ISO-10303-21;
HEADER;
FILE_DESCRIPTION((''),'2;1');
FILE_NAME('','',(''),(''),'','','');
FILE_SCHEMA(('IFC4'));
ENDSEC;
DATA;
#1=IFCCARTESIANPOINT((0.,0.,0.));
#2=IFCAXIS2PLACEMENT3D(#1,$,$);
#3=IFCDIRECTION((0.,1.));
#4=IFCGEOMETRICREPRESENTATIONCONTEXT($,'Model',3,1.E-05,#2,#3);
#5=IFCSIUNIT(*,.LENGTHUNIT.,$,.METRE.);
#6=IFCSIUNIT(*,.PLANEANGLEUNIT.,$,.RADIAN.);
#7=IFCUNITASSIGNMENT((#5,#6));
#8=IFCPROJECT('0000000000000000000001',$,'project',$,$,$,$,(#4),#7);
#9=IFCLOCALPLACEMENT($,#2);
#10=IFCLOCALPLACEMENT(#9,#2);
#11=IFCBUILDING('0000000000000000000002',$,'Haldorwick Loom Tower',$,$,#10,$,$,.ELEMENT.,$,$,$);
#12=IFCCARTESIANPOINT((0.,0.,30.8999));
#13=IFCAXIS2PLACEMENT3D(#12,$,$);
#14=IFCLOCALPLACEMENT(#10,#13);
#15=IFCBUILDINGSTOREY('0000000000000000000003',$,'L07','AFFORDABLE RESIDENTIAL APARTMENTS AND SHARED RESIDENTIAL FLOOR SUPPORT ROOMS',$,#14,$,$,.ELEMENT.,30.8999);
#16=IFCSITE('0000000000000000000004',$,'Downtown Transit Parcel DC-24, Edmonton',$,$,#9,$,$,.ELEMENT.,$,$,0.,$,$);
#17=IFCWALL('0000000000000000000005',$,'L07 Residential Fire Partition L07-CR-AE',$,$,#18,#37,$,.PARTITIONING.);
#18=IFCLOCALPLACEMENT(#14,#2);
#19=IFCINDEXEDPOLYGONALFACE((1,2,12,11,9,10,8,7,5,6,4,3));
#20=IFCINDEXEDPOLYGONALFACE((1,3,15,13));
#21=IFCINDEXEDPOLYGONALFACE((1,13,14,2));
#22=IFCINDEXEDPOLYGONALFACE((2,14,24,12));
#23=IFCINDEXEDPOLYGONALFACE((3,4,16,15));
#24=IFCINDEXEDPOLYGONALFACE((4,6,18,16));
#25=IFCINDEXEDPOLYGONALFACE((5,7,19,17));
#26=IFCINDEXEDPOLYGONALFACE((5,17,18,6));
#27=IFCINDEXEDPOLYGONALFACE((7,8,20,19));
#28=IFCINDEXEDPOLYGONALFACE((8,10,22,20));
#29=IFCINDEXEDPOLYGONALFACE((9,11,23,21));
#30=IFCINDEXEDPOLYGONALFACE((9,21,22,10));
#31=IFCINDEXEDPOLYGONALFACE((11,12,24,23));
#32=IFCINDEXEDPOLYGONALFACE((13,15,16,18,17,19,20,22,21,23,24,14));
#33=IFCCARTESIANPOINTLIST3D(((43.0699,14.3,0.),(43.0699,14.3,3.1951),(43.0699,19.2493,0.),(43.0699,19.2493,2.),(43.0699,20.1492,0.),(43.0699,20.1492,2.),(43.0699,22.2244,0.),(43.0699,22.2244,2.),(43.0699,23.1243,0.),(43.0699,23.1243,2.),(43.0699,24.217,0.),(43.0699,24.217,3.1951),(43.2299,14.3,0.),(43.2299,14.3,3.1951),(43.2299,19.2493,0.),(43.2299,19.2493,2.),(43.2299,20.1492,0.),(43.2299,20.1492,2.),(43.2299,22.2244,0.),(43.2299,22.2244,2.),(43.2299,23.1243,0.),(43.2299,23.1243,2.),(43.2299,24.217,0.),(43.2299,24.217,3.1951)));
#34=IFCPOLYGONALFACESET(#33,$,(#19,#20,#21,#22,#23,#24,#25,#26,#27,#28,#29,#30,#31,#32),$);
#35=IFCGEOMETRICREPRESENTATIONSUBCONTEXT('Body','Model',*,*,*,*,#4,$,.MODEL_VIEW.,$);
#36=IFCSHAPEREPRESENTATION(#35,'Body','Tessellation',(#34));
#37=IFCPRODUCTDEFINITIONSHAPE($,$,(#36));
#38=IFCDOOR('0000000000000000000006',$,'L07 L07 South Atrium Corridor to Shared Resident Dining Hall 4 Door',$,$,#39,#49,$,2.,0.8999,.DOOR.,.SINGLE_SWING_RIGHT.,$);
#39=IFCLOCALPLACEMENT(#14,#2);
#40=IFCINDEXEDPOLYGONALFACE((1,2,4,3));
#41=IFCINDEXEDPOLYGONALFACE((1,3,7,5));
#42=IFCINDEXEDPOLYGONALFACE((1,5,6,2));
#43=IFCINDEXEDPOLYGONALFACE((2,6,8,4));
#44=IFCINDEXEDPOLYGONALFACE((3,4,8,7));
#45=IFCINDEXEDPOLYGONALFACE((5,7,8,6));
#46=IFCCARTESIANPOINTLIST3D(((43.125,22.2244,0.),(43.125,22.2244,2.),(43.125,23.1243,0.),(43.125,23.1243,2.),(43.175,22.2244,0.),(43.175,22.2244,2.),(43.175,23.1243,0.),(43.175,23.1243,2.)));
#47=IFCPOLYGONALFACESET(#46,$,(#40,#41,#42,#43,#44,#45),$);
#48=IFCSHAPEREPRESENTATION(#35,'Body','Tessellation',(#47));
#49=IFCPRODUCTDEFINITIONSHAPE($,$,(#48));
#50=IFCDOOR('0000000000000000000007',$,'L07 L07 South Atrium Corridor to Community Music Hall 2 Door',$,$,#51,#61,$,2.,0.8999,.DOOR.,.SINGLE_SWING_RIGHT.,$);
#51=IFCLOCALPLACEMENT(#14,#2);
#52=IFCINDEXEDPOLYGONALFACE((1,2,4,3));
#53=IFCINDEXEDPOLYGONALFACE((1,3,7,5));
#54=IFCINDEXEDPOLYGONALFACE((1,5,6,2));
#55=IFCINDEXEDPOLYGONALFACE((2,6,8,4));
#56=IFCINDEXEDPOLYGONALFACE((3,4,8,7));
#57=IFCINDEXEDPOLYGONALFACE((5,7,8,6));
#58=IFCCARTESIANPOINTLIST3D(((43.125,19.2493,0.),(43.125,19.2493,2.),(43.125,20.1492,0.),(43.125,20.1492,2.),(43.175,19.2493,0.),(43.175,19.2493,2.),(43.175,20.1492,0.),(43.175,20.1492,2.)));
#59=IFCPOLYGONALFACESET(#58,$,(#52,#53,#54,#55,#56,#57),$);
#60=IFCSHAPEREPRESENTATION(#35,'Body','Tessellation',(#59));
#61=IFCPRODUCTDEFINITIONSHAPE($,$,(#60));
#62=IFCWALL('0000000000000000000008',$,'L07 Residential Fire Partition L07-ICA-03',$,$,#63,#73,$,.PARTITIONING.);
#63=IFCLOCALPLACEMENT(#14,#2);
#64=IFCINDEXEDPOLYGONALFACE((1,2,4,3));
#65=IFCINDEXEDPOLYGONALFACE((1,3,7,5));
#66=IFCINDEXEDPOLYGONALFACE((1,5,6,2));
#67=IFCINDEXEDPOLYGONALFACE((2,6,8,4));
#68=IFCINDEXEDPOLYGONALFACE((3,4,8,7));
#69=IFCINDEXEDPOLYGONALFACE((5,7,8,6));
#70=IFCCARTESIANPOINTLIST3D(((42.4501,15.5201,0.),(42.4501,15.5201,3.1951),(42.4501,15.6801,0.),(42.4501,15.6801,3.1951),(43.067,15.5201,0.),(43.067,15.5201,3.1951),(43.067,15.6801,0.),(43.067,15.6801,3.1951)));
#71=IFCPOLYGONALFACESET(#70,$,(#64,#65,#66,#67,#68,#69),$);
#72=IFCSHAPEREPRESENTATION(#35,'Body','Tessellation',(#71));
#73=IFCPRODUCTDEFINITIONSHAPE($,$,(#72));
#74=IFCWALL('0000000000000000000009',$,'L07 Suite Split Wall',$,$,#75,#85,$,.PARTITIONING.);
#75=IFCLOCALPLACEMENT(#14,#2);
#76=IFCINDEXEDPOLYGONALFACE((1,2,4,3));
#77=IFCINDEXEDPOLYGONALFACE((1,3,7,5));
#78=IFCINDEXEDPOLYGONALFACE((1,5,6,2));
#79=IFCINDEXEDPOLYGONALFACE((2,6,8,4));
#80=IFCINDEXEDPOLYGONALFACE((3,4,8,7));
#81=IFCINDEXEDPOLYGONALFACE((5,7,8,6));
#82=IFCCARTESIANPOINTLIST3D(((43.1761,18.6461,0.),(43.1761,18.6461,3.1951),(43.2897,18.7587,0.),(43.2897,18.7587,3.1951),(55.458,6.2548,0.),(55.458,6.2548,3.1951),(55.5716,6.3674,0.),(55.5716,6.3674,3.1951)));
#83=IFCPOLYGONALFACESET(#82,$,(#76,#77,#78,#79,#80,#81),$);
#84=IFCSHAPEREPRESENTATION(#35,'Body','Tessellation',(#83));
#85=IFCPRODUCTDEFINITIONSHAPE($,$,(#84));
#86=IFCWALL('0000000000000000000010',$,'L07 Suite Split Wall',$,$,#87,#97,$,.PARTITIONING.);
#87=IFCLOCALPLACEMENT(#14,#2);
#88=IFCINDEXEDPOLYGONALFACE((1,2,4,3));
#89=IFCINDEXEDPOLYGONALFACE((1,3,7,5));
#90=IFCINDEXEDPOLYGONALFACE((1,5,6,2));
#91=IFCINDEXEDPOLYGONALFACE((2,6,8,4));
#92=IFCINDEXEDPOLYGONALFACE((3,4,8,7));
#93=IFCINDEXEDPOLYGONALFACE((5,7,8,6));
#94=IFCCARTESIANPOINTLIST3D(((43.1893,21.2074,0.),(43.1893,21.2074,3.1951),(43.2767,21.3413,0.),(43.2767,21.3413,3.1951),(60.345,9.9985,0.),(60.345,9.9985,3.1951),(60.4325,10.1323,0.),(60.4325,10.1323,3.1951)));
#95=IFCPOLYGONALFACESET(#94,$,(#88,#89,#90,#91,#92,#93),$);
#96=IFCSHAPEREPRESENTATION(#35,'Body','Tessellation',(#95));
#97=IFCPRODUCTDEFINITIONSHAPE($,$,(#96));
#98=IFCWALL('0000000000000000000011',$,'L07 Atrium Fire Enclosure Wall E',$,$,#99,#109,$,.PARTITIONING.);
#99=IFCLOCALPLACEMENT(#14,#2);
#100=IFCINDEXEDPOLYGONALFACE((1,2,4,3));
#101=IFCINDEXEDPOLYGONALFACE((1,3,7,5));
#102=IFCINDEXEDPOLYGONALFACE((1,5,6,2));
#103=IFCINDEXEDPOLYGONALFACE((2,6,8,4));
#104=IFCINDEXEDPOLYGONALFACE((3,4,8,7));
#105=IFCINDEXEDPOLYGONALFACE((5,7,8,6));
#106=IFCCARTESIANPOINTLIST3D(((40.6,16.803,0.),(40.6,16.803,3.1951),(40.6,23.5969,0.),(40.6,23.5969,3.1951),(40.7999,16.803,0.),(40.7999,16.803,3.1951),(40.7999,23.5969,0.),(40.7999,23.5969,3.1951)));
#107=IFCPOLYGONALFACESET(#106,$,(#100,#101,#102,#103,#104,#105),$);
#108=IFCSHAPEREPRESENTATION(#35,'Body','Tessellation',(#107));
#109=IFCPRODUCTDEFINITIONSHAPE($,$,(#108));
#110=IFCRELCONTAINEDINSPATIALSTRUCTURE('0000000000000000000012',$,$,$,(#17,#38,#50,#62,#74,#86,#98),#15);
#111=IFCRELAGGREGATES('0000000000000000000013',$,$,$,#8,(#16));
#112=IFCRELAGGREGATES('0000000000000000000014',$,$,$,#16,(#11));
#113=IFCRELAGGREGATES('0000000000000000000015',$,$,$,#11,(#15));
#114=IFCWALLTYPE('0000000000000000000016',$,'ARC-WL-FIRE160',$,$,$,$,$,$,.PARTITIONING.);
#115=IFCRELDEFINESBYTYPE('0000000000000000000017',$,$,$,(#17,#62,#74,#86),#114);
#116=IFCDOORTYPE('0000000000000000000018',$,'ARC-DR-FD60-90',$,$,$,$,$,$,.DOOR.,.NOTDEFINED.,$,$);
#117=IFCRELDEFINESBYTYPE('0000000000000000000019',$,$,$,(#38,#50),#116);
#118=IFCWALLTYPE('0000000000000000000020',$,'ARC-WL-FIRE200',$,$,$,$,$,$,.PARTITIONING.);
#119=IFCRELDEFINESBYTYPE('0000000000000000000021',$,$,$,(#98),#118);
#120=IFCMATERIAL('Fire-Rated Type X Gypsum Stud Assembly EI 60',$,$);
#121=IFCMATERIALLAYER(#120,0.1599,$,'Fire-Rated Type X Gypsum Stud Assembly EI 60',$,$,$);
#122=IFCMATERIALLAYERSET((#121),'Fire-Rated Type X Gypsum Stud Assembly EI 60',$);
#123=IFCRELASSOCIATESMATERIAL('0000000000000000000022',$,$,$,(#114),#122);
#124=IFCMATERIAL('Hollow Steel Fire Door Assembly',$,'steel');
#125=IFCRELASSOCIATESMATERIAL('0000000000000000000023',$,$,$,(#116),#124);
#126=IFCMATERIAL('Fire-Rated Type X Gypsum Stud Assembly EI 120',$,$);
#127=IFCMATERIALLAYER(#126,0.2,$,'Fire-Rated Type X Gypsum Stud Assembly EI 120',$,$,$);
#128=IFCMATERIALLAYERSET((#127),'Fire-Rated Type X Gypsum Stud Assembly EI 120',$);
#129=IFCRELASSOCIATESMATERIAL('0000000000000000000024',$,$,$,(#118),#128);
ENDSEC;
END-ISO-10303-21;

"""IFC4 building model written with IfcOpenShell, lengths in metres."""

from ifc_helpers import new_model, si_unit, direction, frame, frame_2d, origin, place, context, subcontext, project, spatial, rectangle, extrude, material, layer, layer_set, type_object, element, fill, save


model = new_model("IFC4")

# Units and contexts
model_context = context("Model", 3, precision=1e-05, world=origin(), true_north=direction((0.0, 1.0)))
body_context = subcontext(model_context, "Body", "Model", "MODEL_VIEW")
ifc_project = project(units=[si_unit("LENGTHUNIT", "METRE"), si_unit("PLANEANGLEUNIT", "RADIAN")], contexts=[model_context])

# Site, building, storey
site_placement = place(None, origin())
site = spatial("IfcSite", under=ifc_project, at=site_placement, Name="Downtown Transit Parcel DC-24, Edmonton", CompositionType="ELEMENT", RefElevation=0.0)
building_placement = place(site_placement, origin())
building = spatial("IfcBuilding", under=site, at=building_placement, Name="Haldorwick Loom Tower", CompositionType="ELEMENT")
storey_placement = place(building_placement, frame((0.0, 0.0, 30.8999)))
storey = spatial("IfcBuildingStorey", under=building, at=storey_placement, Name="L07", Description="AFFORDABLE RESIDENTIAL APARTMENTS AND SHARED RESIDENTIAL FLOOR SUPPORT ROOMS", CompositionType="ELEMENT", Elevation=30.8999)

# Wall, openings, doors
ifc_material_1 = material(Name="Fire-Rated Type X Gypsum Stud Assembly EI 60")
ifc_layer_1 = layer(ifc_material_1, 0.1599, Name="Fire-Rated Type X Gypsum Stud Assembly EI 60")
ifc_layer_set_1 = layer_set([ifc_layer_1], Name="Fire-Rated Type X Gypsum Stud Assembly EI 60")
wall_type_1 = type_object("IfcWallType", Name="ARC-WL-FIRE160", PredefinedType="PARTITIONING", material=ifc_layer_set_1)
wall_1_placement = place(storey_placement, frame((43.1499, 14.3, 0.0), z_axis=(0.0, 0.0, 1.0), x_axis=(0.0, 1.0, 0.0)))
wall_1 = element("IfcWall", 1, at=wall_1_placement, inside=storey, type_object=wall_type_1, Name="L07 Residential Fire Partition L07-CR-AE", PredefinedType="PARTITIONING", context=body_context, shape_type="SweptSolid", body=[
    extrude(rectangle(XDim=9.917, YDim=0.1599, at=frame_2d((4.9585, 0.0))), origin(), (0.0, 0.0, 1.0), 3.1951),
])
opening_1_placement = place(wall_1_placement, frame((7.9243, 0.0, 0.0)))
opening_1 = element("IfcOpeningElement", 2, at=opening_1_placement, cuts=wall_1, PredefinedType="OPENING", context=body_context, shape_type="SweptSolid", body=[
    extrude(rectangle(XDim=0.8999, YDim=2.0, at=frame_2d((0.45, 1.0))), frame((0.0, 0.0898, 0.0), z_axis=(0.0, -1.0, 0.0), x_axis=(1.0, 0.0, 0.0)), (0.0, 0.0, 1.0), 0.1799),
])
opening_2_placement = place(wall_1_placement, frame((4.9492, 0.0, 0.0)))
opening_2 = element("IfcOpeningElement", 3, at=opening_2_placement, cuts=wall_1, PredefinedType="OPENING", context=body_context, shape_type="SweptSolid", body=[
    extrude(rectangle(XDim=0.8999, YDim=2.0, at=frame_2d((0.45, 1.0))), frame((0.0, 0.0898, 0.0), z_axis=(0.0, -1.0, 0.0), x_axis=(1.0, 0.0, 0.0)), (0.0, 0.0, 1.0), 0.1799),
])
ifc_material_2 = material(Name="Hollow Steel Fire Door Assembly", Category="steel")
door_type = type_object("IfcDoorType", Name="ARC-DR-FD60-90", OperationType="NOTDEFINED", PredefinedType="DOOR", material=ifc_material_2)
door_1_placement = place(opening_1_placement, origin())
door_1 = element("IfcDoor", 4, at=door_1_placement, inside=storey, type_object=door_type, Name="L07 L07 South Atrium Corridor to Shared Resident Dining Hall 4 Door", OperationType="SINGLE_SWING_RIGHT", OverallHeight=2.0, OverallWidth=0.8999, PredefinedType="DOOR", context=body_context, shape_type="SweptSolid", body=[
    extrude(rectangle(XDim=0.8999, YDim=2.0, at=frame_2d((0.45, 1.0))), frame((0.0, 0.0249, 0.0), z_axis=(0.0, -1.0, 0.0), x_axis=(1.0, 0.0, 0.0)), (0.0, 0.0, 1.0), 0.05),
])
fill(opening_1, door_1)
door_2_placement = place(opening_2_placement, origin())
door_2 = element("IfcDoor", 5, at=door_2_placement, inside=storey, type_object=door_type, Name="L07 L07 South Atrium Corridor to Community Music Hall 2 Door", OperationType="SINGLE_SWING_RIGHT", OverallHeight=2.0, OverallWidth=0.8999, PredefinedType="DOOR", context=body_context, shape_type="SweptSolid", body=[
    extrude(rectangle(XDim=0.8999, YDim=2.0, at=frame_2d((0.45, 1.0))), frame((0.0, 0.0249, 0.0), z_axis=(0.0, -1.0, 0.0), x_axis=(1.0, 0.0, 0.0)), (0.0, 0.0, 1.0), 0.05),
])
fill(opening_2, door_2)

# Walls
wall_2_placement = place(storey_placement, frame((42.45, 15.6001, 0.0), z_axis=(0.0, 0.0, 1.0), x_axis=(1.0, 0.0, 0.0)))
element("IfcWall", 6, at=wall_2_placement, inside=storey, type_object=wall_type_1, Name="L07 Residential Fire Partition L07-ICA-03", PredefinedType="PARTITIONING", context=body_context, shape_type="SweptSolid", body=[
    extrude(rectangle(XDim=0.6169, YDim=0.1599, at=frame_2d((0.3086, 0.0))), origin(), (0.0, 0.0, 1.0), 3.1951),
])
wall_3_placement = place(storey_placement, frame((43.2329, 18.7024, 0.0), z_axis=(0.0, 0.0, 1.0), x_axis=(0.703965, -0.710234, 0.0)))
element("IfcWall", 7, at=wall_3_placement, inside=storey, type_object=wall_type_1, Name="L07 Suite Split Wall", PredefinedType="PARTITIONING", context=body_context, shape_type="SweptSolid", body=[
    extrude(rectangle(XDim=17.4468, YDim=0.1599, at=frame_2d((8.7234, 0.0))), origin(), (0.0, 0.0, 1.0), 3.1951),
])
wall_4_placement = place(storey_placement, frame((43.2329, 21.2744, 0.0), z_axis=(0.0, 0.0, 1.0), x_axis=(0.837154, -0.546968, 0.0)))
element("IfcWall", 8, at=wall_4_placement, inside=storey, type_object=wall_type_1, Name="L07 Suite Split Wall", PredefinedType="PARTITIONING", context=body_context, shape_type="SweptSolid", body=[
    extrude(rectangle(XDim=20.4929, YDim=0.1599, at=frame_2d((10.2466, 0.0))), origin(), (0.0, 0.0, 1.0), 3.1951),
])
ifc_material_3 = material(Name="Fire-Rated Type X Gypsum Stud Assembly EI 120")
ifc_layer_2 = layer(ifc_material_3, 0.2, Name="Fire-Rated Type X Gypsum Stud Assembly EI 120")
ifc_layer_set_2 = layer_set([ifc_layer_2], Name="Fire-Rated Type X Gypsum Stud Assembly EI 120")
wall_type_2 = type_object("IfcWallType", Name="ARC-WL-FIRE200", PredefinedType="PARTITIONING", material=ifc_layer_set_2)
wall_5_placement = place(storey_placement, frame((40.7, 23.5969, 0.0), z_axis=(0.0, 0.0, 1.0), x_axis=(0.0, -1.0, 0.0)))
element("IfcWall", 9, at=wall_5_placement, inside=storey, type_object=wall_type_2, Name="L07 Atrium Fire Enclosure Wall E", PredefinedType="PARTITIONING", context=body_context, shape_type="SweptSolid", body=[
    extrude(rectangle(XDim=6.7939, YDim=0.2, at=frame_2d((3.397, 0.0))), origin(), (0.0, 0.0, 1.0), 3.1951),
])

save(model, "model.ifc")
